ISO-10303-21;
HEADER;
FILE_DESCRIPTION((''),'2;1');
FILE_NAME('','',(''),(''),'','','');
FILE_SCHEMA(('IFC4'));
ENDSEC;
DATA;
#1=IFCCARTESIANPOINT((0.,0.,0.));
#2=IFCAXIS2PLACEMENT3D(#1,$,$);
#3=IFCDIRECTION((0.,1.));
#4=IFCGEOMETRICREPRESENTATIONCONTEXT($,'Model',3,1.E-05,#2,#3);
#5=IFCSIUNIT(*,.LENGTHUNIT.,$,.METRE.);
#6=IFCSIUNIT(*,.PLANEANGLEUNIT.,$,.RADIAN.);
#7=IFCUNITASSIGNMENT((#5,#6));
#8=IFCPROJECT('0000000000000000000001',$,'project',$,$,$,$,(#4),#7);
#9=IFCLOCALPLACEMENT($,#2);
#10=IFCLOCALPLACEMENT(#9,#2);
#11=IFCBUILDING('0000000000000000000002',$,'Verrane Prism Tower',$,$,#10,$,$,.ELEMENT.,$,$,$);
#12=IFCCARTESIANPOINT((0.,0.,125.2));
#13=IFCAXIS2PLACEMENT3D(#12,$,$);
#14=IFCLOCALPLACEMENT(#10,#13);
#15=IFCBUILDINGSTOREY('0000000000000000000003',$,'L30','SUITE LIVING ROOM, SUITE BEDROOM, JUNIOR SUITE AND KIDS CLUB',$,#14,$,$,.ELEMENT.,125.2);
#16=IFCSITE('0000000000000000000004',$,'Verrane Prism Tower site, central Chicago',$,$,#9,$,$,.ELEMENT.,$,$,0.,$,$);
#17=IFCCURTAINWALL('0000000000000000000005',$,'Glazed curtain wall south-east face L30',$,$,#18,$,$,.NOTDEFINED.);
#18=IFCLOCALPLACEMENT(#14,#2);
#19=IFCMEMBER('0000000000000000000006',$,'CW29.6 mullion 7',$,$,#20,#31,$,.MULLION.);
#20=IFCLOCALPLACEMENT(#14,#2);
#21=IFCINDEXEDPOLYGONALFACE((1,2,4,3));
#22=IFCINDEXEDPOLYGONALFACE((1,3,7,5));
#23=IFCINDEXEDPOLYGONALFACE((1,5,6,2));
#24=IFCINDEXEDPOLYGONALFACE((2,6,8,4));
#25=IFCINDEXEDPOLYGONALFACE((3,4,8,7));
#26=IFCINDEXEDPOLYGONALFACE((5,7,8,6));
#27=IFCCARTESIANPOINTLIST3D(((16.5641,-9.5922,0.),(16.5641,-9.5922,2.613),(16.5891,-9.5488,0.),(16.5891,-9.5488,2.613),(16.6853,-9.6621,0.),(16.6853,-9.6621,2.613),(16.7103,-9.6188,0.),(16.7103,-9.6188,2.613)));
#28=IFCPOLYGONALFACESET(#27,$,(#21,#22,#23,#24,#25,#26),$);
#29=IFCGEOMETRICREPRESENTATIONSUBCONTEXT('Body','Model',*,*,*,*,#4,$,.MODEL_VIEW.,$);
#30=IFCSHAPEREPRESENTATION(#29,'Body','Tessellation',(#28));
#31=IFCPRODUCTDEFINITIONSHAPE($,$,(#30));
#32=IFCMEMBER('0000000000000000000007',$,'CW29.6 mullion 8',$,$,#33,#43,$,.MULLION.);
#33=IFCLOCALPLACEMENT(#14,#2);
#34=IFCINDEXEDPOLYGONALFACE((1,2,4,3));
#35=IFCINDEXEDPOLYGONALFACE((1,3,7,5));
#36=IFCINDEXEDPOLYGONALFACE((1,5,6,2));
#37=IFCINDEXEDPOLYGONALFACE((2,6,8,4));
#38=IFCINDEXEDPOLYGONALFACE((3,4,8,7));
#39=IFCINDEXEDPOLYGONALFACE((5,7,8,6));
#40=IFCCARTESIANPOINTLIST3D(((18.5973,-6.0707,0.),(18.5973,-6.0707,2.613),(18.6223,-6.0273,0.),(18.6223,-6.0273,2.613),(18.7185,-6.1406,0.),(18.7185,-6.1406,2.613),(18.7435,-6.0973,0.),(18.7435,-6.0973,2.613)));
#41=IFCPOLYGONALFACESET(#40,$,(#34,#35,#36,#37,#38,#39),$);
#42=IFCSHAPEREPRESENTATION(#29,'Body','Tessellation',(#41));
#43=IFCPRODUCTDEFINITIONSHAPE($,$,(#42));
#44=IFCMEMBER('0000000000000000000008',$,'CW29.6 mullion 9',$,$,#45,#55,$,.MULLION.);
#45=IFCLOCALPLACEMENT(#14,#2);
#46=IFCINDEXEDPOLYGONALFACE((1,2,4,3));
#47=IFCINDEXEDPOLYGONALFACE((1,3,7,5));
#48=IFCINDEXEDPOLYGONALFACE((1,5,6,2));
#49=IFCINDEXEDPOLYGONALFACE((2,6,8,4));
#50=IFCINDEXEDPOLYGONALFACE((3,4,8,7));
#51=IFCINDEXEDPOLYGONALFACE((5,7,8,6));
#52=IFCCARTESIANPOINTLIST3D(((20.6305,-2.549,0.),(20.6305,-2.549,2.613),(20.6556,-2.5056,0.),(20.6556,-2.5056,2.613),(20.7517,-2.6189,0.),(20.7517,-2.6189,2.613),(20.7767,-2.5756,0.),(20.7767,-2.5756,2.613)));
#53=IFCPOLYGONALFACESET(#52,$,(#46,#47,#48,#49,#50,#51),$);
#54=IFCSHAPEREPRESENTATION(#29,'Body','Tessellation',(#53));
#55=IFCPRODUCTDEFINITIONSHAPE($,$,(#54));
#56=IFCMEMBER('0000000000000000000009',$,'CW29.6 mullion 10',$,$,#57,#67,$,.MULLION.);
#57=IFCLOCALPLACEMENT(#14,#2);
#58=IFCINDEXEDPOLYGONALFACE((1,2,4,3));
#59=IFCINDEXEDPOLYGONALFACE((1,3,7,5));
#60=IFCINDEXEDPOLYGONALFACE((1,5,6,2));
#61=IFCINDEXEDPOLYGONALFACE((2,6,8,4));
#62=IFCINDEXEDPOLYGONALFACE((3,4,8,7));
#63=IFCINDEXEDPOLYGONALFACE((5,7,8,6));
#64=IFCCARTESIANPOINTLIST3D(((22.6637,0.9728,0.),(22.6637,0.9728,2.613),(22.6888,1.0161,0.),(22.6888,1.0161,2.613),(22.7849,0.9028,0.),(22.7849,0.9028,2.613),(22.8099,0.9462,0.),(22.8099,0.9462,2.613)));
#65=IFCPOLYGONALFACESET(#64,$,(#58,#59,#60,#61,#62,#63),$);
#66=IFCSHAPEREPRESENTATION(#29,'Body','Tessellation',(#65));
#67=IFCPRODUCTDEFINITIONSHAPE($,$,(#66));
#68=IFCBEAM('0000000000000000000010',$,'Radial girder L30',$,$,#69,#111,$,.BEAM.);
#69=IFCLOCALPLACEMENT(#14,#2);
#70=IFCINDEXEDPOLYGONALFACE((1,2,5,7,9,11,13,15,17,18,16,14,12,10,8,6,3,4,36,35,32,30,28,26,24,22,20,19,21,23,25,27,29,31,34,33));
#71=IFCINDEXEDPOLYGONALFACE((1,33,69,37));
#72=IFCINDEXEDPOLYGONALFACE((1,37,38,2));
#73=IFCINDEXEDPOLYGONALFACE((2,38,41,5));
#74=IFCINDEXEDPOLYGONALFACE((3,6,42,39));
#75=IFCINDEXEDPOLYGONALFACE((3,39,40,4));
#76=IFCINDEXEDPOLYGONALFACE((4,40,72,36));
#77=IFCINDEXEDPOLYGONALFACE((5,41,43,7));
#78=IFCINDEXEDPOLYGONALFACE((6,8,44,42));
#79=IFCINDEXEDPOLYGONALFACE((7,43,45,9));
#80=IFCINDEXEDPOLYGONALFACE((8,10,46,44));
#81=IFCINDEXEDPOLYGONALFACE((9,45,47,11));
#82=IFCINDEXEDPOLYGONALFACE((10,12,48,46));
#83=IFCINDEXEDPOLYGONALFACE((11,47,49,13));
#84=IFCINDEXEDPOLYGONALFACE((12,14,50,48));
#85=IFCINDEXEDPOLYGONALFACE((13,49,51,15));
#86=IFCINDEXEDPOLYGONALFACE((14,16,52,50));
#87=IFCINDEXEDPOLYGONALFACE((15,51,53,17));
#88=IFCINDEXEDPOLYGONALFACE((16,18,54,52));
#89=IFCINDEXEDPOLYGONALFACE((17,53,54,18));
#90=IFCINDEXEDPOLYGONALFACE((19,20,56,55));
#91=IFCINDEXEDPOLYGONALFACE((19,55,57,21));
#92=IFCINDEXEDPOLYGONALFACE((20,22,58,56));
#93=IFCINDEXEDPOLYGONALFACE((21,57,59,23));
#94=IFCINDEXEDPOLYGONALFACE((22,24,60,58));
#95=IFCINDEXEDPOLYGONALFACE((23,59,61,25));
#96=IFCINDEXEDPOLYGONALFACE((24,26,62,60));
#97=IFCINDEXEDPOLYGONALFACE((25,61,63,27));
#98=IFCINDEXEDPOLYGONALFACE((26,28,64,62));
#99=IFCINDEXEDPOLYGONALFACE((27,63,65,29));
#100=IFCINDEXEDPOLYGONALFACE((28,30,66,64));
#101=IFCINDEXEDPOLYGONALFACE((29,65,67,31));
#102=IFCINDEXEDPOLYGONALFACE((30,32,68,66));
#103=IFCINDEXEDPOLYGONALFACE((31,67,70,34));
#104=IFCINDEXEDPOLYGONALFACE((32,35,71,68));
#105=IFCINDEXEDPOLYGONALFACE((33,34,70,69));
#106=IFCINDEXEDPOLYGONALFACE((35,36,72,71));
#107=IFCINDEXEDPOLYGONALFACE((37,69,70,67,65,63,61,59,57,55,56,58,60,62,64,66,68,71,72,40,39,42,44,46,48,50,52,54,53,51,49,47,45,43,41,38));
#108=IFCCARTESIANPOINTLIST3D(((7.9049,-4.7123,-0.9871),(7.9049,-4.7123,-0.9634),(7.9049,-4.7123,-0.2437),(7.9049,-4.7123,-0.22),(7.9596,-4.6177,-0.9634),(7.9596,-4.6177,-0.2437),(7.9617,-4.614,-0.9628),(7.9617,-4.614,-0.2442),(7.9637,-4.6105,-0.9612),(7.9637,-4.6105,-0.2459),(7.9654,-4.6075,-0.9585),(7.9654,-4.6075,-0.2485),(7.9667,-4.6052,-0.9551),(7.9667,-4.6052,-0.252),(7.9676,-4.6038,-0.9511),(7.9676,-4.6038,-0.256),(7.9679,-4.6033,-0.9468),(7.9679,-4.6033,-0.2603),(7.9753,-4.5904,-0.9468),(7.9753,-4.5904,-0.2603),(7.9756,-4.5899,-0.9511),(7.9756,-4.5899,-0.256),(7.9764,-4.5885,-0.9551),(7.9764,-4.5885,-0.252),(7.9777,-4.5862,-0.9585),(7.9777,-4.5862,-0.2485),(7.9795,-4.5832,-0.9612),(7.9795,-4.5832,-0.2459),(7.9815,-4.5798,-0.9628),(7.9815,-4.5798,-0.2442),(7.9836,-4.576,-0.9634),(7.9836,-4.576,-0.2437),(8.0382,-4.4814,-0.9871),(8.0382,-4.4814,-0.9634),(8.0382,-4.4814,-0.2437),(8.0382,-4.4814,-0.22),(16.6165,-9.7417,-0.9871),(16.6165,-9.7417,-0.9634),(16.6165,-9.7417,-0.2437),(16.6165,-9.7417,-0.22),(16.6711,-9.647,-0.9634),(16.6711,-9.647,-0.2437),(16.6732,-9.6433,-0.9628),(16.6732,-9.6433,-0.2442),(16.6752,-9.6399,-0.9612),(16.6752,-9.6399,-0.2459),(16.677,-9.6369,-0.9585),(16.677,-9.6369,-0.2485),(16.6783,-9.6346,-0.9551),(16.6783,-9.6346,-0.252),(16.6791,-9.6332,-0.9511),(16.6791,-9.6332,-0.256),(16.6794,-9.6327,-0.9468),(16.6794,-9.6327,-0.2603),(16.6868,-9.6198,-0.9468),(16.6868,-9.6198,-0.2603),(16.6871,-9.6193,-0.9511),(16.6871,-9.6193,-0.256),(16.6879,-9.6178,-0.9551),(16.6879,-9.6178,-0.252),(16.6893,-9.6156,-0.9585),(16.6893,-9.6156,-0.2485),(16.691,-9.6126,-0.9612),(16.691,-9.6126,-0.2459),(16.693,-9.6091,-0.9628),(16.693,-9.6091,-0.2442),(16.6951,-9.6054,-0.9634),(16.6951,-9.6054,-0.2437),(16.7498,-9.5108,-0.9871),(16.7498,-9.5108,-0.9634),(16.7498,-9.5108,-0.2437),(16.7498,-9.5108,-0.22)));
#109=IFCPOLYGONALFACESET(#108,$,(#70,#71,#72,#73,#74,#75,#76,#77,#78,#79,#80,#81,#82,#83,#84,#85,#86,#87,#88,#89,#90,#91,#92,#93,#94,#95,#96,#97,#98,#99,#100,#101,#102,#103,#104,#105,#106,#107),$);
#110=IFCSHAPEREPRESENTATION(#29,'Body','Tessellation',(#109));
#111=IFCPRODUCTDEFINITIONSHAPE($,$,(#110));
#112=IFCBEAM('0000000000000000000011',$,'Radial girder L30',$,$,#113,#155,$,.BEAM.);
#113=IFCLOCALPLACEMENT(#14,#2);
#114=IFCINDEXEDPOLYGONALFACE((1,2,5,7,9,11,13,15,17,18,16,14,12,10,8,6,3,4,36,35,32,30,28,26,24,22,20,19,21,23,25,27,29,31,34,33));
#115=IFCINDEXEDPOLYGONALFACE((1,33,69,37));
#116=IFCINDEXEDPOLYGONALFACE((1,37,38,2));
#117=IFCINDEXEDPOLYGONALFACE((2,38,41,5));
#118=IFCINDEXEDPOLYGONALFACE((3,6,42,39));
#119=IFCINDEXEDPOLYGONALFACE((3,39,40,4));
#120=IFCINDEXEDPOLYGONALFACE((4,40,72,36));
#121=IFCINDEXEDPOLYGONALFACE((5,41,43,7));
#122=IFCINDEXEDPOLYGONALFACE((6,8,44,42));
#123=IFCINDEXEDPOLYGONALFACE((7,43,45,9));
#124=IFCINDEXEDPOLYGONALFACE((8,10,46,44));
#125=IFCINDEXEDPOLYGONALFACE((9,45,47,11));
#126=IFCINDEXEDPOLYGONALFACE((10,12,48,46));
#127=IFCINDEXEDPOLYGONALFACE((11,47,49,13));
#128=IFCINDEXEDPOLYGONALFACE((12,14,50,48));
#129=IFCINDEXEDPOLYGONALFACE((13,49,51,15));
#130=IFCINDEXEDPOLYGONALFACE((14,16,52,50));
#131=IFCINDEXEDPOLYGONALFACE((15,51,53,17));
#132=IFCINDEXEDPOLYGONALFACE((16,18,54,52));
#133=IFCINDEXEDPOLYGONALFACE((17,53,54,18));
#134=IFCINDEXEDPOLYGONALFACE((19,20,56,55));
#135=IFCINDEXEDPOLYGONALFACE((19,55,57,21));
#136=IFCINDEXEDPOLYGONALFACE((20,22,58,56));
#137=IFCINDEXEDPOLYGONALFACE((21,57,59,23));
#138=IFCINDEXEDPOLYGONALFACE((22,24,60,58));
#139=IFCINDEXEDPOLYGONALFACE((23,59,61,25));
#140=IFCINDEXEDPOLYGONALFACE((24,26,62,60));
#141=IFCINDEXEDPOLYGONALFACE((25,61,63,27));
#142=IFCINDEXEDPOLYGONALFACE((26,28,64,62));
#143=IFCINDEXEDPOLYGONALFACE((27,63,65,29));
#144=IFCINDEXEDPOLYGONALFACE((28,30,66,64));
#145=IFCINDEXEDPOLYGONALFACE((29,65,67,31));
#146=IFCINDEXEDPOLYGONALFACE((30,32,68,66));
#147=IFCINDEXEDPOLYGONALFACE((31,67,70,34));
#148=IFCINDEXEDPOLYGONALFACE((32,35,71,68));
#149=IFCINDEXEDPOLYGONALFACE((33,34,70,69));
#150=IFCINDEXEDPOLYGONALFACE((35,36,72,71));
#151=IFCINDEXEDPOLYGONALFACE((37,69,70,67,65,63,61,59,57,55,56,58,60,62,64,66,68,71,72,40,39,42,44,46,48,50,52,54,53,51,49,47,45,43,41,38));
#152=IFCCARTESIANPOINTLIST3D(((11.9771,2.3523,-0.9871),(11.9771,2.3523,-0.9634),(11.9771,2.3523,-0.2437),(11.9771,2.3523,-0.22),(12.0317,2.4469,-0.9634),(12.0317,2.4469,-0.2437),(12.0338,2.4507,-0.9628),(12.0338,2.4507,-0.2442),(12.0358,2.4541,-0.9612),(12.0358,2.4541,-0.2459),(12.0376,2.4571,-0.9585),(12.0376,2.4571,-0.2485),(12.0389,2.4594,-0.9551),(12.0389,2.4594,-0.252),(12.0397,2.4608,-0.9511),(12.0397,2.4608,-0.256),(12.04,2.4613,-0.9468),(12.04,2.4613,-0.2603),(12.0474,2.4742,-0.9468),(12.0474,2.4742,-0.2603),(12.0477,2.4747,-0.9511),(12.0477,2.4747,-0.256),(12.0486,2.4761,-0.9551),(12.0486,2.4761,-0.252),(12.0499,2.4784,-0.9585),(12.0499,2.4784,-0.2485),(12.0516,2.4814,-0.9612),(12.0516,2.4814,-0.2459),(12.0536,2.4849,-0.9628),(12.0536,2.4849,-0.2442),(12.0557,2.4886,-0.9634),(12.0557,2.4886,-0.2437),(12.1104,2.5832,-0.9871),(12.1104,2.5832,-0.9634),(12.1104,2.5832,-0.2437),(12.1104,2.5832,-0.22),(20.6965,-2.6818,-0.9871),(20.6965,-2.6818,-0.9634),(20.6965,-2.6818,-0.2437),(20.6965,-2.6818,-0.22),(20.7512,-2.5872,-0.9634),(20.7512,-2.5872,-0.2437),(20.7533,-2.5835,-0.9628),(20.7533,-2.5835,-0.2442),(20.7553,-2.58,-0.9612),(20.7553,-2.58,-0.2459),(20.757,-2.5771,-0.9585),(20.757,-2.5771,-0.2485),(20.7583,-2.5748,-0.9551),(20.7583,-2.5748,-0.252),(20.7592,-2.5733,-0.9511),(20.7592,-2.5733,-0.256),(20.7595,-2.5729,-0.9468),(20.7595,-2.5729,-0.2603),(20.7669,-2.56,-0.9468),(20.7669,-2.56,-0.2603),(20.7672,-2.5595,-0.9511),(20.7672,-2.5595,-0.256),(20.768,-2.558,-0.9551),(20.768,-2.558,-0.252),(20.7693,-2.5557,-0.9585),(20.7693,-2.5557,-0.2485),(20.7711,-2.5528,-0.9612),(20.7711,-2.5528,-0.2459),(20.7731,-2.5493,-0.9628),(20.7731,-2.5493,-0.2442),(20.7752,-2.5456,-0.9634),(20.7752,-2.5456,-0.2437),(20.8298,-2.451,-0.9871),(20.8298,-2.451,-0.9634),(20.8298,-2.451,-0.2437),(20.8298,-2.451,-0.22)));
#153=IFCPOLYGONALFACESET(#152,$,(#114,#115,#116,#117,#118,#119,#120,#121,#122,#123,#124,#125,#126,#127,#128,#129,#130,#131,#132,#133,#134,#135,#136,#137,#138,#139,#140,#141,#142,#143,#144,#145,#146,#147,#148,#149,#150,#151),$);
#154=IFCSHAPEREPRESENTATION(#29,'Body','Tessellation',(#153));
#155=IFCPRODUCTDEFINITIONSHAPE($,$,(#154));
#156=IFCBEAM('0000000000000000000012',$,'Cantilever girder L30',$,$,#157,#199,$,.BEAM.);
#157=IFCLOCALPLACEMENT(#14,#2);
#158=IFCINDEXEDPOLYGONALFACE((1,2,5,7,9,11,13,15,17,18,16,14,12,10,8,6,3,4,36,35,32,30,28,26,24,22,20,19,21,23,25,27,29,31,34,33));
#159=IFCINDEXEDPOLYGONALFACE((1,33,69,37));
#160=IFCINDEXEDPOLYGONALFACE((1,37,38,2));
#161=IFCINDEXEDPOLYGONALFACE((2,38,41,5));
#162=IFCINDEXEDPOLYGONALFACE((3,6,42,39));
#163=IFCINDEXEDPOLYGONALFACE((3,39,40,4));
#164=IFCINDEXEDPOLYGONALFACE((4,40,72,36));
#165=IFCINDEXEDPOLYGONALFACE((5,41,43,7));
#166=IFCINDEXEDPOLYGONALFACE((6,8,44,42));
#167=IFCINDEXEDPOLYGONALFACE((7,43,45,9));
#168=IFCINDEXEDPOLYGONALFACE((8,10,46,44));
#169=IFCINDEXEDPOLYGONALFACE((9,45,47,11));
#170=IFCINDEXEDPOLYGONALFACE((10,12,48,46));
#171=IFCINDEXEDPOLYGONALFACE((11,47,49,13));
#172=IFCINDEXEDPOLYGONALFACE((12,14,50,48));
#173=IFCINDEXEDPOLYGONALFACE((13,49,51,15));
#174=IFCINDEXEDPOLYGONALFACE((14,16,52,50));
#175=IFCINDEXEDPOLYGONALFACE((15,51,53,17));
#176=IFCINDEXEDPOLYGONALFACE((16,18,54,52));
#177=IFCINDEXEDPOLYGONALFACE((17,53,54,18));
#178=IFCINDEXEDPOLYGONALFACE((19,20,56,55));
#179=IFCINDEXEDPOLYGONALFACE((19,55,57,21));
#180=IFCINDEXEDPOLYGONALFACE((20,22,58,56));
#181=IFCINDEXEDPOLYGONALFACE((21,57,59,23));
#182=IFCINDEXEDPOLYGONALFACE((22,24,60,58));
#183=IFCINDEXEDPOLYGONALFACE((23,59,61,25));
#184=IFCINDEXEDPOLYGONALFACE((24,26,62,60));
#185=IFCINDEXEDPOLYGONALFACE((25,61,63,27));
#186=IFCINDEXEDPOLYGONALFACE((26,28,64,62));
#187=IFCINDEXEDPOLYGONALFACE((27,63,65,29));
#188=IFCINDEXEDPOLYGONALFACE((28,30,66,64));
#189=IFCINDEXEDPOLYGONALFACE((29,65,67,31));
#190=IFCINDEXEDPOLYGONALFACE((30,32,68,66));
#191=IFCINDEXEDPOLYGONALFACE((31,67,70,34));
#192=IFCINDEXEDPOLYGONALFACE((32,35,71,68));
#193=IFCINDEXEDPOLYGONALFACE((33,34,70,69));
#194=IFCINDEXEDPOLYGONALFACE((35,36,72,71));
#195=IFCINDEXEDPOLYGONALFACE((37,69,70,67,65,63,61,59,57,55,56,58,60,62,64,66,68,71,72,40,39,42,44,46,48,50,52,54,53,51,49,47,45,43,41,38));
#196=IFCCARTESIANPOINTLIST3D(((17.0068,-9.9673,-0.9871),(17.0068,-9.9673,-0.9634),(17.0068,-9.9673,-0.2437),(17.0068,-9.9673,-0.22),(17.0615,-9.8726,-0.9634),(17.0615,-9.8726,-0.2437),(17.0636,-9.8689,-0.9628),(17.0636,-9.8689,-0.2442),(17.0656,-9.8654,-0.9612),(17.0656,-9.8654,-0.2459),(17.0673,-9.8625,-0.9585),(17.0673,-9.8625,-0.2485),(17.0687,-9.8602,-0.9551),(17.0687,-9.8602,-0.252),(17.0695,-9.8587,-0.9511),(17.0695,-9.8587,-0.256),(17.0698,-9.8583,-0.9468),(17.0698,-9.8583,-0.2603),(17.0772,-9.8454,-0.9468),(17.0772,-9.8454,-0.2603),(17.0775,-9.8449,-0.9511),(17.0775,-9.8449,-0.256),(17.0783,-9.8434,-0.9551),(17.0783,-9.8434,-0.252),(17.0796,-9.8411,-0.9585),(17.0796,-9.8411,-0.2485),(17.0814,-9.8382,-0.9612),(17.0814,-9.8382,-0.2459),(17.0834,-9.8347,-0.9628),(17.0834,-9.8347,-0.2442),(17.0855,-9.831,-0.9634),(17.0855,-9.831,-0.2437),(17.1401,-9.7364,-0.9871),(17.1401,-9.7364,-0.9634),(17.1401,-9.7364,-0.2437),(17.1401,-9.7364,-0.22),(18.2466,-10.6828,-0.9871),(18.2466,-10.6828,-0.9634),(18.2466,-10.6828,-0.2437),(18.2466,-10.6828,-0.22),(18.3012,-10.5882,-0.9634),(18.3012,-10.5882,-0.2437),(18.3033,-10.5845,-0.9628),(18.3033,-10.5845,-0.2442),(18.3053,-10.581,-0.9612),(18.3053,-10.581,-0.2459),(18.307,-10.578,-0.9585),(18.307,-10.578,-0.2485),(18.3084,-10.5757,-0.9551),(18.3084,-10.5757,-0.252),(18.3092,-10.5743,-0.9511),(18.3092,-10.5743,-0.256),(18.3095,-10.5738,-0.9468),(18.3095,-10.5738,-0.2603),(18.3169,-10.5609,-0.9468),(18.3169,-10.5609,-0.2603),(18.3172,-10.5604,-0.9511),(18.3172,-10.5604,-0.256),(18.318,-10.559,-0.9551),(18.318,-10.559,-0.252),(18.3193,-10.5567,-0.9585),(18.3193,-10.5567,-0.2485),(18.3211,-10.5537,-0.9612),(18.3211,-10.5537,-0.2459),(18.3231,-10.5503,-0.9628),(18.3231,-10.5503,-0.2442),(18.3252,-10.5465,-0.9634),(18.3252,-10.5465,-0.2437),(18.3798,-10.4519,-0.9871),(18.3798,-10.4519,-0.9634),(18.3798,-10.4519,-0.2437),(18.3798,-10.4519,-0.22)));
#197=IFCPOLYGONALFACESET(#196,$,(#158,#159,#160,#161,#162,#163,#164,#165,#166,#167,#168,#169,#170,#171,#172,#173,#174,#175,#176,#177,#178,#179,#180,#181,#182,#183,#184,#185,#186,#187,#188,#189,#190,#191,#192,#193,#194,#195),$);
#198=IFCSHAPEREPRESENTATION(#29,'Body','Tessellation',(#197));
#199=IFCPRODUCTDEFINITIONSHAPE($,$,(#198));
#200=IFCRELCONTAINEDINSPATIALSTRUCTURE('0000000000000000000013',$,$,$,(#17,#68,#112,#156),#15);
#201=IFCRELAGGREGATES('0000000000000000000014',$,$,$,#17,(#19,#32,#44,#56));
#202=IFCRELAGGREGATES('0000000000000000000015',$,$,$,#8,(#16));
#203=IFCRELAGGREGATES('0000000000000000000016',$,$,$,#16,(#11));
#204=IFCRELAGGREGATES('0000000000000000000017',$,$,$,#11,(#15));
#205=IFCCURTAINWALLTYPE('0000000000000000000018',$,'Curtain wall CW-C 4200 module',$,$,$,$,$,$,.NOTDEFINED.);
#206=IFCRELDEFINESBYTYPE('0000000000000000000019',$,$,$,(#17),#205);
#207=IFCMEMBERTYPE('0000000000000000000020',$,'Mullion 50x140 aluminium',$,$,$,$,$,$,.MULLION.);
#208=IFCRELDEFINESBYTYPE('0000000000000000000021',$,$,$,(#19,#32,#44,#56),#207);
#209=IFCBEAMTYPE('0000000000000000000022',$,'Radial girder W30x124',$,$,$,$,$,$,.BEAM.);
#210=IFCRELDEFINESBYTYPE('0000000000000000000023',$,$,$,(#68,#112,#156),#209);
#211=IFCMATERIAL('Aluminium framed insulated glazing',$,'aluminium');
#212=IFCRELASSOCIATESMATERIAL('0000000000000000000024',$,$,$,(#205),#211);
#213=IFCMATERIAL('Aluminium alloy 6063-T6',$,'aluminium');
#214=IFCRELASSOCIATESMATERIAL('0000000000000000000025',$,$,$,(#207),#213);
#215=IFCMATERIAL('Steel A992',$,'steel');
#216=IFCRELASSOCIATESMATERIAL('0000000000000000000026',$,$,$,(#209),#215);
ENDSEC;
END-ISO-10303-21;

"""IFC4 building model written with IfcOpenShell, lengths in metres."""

from ifc_helpers import new_model, si_unit, direction, frame, origin, origin_2d, place, context, subcontext, project, spatial, rectangle, i_section, extrude, material, material_profile, profile_set, type_object, element, aggregate, save


model = new_model("IFC4")

# Units and contexts
model_context = context("Model", 3, precision=1e-05, world=origin(), true_north=direction((0.0, 1.0)))
body_context = subcontext(model_context, "Body", "Model", "MODEL_VIEW")
ifc_project = project(units=[si_unit("LENGTHUNIT", "METRE"), si_unit("PLANEANGLEUNIT", "RADIAN")], contexts=[model_context])

# Site, building, storey
site_placement = place(None, origin())
site = spatial("IfcSite", under=ifc_project, at=site_placement, Name="Verrane Prism Tower site, central Chicago", CompositionType="ELEMENT", RefElevation=0.0)
building_placement = place(site_placement, origin())
building = spatial("IfcBuilding", under=site, at=building_placement, Name="Verrane Prism Tower", CompositionType="ELEMENT")
storey_placement = place(building_placement, frame((0.0, 0.0, 125.2)))
storey = spatial("IfcBuildingStorey", under=building, at=storey_placement, Name="L30", Description="SUITE LIVING ROOM, SUITE BEDROOM, JUNIOR SUITE AND KIDS CLUB", CompositionType="ELEMENT", Elevation=125.2)

# Curtain wall, members
ifc_material_1 = material(Name="Aluminium framed insulated glazing", Category="aluminium")
curtain_wall_type = type_object("IfcCurtainWallType", Name="Curtain wall CW-C 4200 module", PredefinedType="NOTDEFINED", material=ifc_material_1)
curtain_wall_placement = place(storey_placement, origin())
curtain_wall = element("IfcCurtainWall", 1, at=curtain_wall_placement, inside=storey, type_object=curtain_wall_type, Name="Glazed curtain wall south-east face L30", PredefinedType="NOTDEFINED")
ifc_material_2 = material(Name="Aluminium alloy 6063-T6", Category="aluminium")
ifc_material_profile_1 = material_profile(ifc_material_2, rectangle(XDim=0.1399, YDim=0.05, at=origin_2d()), Name="Mullion 50x140 aluminium")
ifc_profile_set_1 = profile_set([ifc_material_profile_1], Name="Aluminium alloy 6063-T6")
member_type_1 = type_object("IfcMemberType", Name="Mullion 50x140 aluminium", PredefinedType="MULLION", material=ifc_profile_set_1)
member_1_placement = place(storey_placement, frame((16.6372, -9.6055, 0.0), z_axis=(0.0, 0.0, 1.0), x_axis=(-0.866025, 0.5, 0.0)))
member_1 = element("IfcMember", 2, at=member_1_placement, type_object=member_type_1, Name="CW29.6 mullion 7", PredefinedType="MULLION", context=body_context, shape_type="SweptSolid", body=[
    extrude(rectangle(XDim=0.1399, YDim=0.05, at=origin_2d()), origin(), (0.0, 0.0, 1.0), 2.613),
])
member_2_placement = place(storey_placement, frame((18.6704, -6.084, 0.0), z_axis=(0.0, 0.0, 1.0), x_axis=(-0.866025, 0.5, 0.0)))
member_2 = element("IfcMember", 3, at=member_2_placement, type_object=member_type_1, Name="CW29.6 mullion 8", PredefinedType="MULLION", context=body_context, shape_type="SweptSolid", body=[
    extrude(rectangle(XDim=0.1399, YDim=0.05, at=origin_2d()), origin(), (0.0, 0.0, 1.0), 2.613),
])
member_3_placement = place(storey_placement, frame((20.7036, -2.5623, 0.0), z_axis=(0.0, 0.0, 1.0), x_axis=(-0.866025, 0.5, 0.0)))
member_3 = element("IfcMember", 4, at=member_3_placement, type_object=member_type_1, Name="CW29.6 mullion 9", PredefinedType="MULLION", context=body_context, shape_type="SweptSolid", body=[
    extrude(rectangle(XDim=0.1399, YDim=0.05, at=origin_2d()), origin(), (0.0, 0.0, 1.0), 2.613),
])
member_4_placement = place(storey_placement, frame((22.7368, 0.9595, 0.0), z_axis=(0.0, 0.0, 1.0), x_axis=(-0.866025, 0.5, 0.0)))
member_4 = element("IfcMember", 5, at=member_4_placement, type_object=member_type_1, Name="CW29.6 mullion 10", PredefinedType="MULLION", context=body_context, shape_type="SweptSolid", body=[
    extrude(rectangle(XDim=0.1399, YDim=0.05, at=origin_2d()), origin(), (0.0, 0.0, 1.0), 2.613),
])

# Beams
ifc_material_3 = material(Name="Steel A992", Category="steel")
ifc_material_profile_2 = material_profile(ifc_material_3, i_section(OverallWidth=0.2666, OverallDepth=0.7671, WebThickness=0.0149, FlangeThickness=0.0237, FilletRadius=0.0166, at=origin_2d()), Name="W30x124")
ifc_profile_set_2 = profile_set([ifc_material_profile_2], Name="Steel A992")
beam_type_1 = type_object("IfcBeamType", Name="Radial girder W30x124", PredefinedType="BEAM", material=ifc_profile_set_2)
beam_1_placement = place(storey_placement, frame((16.6831, -9.6262, -0.6035), z_axis=(-0.866036, 0.499982, 0.0), x_axis=(-0.499982, -0.866036, 0.0)))
element("IfcBeam", 6, at=beam_1_placement, inside=storey, type_object=beam_type_1, Name="Radial girder L30", PredefinedType="BEAM", context=body_context, shape_type="SweptSolid", body=[
    extrude(i_section(OverallWidth=0.2666, OverallDepth=0.7671, WebThickness=0.0149, FlangeThickness=0.0237, FilletRadius=0.0166, at=origin_2d()), origin(), (0.0, 0.0, 1.0), 10.0591),
])
beam_2_placement = place(storey_placement, frame((20.7632, -2.5664, -0.6035), z_axis=(-0.866026, 0.499999, 0.0), x_axis=(-0.499999, -0.866026, 0.0)))
element("IfcBeam", 7, at=beam_2_placement, inside=storey, type_object=beam_type_1, Name="Radial girder L30", PredefinedType="BEAM", context=body_context, shape_type="SweptSolid", body=[
    extrude(i_section(OverallWidth=0.2666, OverallDepth=0.7671, WebThickness=0.0149, FlangeThickness=0.0237, FilletRadius=0.0166, at=origin_2d()), origin(), (0.0, 0.0, 1.0), 10.0684),
])
beam_3_placement = place(storey_placement, frame((17.0735, -9.8518, -0.6035), z_axis=(0.866083, -0.4999, 0.0), x_axis=(0.4999, 0.866083, 0.0)))
element("IfcBeam", 8, at=beam_3_placement, inside=storey, type_object=beam_type_1, Name="Cantilever girder L30", PredefinedType="BEAM", context=body_context, shape_type="SweptSolid", body=[
    extrude(i_section(OverallWidth=0.2666, OverallDepth=0.7671, WebThickness=0.0149, FlangeThickness=0.0237, FilletRadius=0.0166, at=origin_2d()), origin(), (0.0, 0.0, 1.0), 1.4314),
])

aggregate(curtain_wall, [member_1, member_2, member_3, member_4])

save(model, "model.ifc")
